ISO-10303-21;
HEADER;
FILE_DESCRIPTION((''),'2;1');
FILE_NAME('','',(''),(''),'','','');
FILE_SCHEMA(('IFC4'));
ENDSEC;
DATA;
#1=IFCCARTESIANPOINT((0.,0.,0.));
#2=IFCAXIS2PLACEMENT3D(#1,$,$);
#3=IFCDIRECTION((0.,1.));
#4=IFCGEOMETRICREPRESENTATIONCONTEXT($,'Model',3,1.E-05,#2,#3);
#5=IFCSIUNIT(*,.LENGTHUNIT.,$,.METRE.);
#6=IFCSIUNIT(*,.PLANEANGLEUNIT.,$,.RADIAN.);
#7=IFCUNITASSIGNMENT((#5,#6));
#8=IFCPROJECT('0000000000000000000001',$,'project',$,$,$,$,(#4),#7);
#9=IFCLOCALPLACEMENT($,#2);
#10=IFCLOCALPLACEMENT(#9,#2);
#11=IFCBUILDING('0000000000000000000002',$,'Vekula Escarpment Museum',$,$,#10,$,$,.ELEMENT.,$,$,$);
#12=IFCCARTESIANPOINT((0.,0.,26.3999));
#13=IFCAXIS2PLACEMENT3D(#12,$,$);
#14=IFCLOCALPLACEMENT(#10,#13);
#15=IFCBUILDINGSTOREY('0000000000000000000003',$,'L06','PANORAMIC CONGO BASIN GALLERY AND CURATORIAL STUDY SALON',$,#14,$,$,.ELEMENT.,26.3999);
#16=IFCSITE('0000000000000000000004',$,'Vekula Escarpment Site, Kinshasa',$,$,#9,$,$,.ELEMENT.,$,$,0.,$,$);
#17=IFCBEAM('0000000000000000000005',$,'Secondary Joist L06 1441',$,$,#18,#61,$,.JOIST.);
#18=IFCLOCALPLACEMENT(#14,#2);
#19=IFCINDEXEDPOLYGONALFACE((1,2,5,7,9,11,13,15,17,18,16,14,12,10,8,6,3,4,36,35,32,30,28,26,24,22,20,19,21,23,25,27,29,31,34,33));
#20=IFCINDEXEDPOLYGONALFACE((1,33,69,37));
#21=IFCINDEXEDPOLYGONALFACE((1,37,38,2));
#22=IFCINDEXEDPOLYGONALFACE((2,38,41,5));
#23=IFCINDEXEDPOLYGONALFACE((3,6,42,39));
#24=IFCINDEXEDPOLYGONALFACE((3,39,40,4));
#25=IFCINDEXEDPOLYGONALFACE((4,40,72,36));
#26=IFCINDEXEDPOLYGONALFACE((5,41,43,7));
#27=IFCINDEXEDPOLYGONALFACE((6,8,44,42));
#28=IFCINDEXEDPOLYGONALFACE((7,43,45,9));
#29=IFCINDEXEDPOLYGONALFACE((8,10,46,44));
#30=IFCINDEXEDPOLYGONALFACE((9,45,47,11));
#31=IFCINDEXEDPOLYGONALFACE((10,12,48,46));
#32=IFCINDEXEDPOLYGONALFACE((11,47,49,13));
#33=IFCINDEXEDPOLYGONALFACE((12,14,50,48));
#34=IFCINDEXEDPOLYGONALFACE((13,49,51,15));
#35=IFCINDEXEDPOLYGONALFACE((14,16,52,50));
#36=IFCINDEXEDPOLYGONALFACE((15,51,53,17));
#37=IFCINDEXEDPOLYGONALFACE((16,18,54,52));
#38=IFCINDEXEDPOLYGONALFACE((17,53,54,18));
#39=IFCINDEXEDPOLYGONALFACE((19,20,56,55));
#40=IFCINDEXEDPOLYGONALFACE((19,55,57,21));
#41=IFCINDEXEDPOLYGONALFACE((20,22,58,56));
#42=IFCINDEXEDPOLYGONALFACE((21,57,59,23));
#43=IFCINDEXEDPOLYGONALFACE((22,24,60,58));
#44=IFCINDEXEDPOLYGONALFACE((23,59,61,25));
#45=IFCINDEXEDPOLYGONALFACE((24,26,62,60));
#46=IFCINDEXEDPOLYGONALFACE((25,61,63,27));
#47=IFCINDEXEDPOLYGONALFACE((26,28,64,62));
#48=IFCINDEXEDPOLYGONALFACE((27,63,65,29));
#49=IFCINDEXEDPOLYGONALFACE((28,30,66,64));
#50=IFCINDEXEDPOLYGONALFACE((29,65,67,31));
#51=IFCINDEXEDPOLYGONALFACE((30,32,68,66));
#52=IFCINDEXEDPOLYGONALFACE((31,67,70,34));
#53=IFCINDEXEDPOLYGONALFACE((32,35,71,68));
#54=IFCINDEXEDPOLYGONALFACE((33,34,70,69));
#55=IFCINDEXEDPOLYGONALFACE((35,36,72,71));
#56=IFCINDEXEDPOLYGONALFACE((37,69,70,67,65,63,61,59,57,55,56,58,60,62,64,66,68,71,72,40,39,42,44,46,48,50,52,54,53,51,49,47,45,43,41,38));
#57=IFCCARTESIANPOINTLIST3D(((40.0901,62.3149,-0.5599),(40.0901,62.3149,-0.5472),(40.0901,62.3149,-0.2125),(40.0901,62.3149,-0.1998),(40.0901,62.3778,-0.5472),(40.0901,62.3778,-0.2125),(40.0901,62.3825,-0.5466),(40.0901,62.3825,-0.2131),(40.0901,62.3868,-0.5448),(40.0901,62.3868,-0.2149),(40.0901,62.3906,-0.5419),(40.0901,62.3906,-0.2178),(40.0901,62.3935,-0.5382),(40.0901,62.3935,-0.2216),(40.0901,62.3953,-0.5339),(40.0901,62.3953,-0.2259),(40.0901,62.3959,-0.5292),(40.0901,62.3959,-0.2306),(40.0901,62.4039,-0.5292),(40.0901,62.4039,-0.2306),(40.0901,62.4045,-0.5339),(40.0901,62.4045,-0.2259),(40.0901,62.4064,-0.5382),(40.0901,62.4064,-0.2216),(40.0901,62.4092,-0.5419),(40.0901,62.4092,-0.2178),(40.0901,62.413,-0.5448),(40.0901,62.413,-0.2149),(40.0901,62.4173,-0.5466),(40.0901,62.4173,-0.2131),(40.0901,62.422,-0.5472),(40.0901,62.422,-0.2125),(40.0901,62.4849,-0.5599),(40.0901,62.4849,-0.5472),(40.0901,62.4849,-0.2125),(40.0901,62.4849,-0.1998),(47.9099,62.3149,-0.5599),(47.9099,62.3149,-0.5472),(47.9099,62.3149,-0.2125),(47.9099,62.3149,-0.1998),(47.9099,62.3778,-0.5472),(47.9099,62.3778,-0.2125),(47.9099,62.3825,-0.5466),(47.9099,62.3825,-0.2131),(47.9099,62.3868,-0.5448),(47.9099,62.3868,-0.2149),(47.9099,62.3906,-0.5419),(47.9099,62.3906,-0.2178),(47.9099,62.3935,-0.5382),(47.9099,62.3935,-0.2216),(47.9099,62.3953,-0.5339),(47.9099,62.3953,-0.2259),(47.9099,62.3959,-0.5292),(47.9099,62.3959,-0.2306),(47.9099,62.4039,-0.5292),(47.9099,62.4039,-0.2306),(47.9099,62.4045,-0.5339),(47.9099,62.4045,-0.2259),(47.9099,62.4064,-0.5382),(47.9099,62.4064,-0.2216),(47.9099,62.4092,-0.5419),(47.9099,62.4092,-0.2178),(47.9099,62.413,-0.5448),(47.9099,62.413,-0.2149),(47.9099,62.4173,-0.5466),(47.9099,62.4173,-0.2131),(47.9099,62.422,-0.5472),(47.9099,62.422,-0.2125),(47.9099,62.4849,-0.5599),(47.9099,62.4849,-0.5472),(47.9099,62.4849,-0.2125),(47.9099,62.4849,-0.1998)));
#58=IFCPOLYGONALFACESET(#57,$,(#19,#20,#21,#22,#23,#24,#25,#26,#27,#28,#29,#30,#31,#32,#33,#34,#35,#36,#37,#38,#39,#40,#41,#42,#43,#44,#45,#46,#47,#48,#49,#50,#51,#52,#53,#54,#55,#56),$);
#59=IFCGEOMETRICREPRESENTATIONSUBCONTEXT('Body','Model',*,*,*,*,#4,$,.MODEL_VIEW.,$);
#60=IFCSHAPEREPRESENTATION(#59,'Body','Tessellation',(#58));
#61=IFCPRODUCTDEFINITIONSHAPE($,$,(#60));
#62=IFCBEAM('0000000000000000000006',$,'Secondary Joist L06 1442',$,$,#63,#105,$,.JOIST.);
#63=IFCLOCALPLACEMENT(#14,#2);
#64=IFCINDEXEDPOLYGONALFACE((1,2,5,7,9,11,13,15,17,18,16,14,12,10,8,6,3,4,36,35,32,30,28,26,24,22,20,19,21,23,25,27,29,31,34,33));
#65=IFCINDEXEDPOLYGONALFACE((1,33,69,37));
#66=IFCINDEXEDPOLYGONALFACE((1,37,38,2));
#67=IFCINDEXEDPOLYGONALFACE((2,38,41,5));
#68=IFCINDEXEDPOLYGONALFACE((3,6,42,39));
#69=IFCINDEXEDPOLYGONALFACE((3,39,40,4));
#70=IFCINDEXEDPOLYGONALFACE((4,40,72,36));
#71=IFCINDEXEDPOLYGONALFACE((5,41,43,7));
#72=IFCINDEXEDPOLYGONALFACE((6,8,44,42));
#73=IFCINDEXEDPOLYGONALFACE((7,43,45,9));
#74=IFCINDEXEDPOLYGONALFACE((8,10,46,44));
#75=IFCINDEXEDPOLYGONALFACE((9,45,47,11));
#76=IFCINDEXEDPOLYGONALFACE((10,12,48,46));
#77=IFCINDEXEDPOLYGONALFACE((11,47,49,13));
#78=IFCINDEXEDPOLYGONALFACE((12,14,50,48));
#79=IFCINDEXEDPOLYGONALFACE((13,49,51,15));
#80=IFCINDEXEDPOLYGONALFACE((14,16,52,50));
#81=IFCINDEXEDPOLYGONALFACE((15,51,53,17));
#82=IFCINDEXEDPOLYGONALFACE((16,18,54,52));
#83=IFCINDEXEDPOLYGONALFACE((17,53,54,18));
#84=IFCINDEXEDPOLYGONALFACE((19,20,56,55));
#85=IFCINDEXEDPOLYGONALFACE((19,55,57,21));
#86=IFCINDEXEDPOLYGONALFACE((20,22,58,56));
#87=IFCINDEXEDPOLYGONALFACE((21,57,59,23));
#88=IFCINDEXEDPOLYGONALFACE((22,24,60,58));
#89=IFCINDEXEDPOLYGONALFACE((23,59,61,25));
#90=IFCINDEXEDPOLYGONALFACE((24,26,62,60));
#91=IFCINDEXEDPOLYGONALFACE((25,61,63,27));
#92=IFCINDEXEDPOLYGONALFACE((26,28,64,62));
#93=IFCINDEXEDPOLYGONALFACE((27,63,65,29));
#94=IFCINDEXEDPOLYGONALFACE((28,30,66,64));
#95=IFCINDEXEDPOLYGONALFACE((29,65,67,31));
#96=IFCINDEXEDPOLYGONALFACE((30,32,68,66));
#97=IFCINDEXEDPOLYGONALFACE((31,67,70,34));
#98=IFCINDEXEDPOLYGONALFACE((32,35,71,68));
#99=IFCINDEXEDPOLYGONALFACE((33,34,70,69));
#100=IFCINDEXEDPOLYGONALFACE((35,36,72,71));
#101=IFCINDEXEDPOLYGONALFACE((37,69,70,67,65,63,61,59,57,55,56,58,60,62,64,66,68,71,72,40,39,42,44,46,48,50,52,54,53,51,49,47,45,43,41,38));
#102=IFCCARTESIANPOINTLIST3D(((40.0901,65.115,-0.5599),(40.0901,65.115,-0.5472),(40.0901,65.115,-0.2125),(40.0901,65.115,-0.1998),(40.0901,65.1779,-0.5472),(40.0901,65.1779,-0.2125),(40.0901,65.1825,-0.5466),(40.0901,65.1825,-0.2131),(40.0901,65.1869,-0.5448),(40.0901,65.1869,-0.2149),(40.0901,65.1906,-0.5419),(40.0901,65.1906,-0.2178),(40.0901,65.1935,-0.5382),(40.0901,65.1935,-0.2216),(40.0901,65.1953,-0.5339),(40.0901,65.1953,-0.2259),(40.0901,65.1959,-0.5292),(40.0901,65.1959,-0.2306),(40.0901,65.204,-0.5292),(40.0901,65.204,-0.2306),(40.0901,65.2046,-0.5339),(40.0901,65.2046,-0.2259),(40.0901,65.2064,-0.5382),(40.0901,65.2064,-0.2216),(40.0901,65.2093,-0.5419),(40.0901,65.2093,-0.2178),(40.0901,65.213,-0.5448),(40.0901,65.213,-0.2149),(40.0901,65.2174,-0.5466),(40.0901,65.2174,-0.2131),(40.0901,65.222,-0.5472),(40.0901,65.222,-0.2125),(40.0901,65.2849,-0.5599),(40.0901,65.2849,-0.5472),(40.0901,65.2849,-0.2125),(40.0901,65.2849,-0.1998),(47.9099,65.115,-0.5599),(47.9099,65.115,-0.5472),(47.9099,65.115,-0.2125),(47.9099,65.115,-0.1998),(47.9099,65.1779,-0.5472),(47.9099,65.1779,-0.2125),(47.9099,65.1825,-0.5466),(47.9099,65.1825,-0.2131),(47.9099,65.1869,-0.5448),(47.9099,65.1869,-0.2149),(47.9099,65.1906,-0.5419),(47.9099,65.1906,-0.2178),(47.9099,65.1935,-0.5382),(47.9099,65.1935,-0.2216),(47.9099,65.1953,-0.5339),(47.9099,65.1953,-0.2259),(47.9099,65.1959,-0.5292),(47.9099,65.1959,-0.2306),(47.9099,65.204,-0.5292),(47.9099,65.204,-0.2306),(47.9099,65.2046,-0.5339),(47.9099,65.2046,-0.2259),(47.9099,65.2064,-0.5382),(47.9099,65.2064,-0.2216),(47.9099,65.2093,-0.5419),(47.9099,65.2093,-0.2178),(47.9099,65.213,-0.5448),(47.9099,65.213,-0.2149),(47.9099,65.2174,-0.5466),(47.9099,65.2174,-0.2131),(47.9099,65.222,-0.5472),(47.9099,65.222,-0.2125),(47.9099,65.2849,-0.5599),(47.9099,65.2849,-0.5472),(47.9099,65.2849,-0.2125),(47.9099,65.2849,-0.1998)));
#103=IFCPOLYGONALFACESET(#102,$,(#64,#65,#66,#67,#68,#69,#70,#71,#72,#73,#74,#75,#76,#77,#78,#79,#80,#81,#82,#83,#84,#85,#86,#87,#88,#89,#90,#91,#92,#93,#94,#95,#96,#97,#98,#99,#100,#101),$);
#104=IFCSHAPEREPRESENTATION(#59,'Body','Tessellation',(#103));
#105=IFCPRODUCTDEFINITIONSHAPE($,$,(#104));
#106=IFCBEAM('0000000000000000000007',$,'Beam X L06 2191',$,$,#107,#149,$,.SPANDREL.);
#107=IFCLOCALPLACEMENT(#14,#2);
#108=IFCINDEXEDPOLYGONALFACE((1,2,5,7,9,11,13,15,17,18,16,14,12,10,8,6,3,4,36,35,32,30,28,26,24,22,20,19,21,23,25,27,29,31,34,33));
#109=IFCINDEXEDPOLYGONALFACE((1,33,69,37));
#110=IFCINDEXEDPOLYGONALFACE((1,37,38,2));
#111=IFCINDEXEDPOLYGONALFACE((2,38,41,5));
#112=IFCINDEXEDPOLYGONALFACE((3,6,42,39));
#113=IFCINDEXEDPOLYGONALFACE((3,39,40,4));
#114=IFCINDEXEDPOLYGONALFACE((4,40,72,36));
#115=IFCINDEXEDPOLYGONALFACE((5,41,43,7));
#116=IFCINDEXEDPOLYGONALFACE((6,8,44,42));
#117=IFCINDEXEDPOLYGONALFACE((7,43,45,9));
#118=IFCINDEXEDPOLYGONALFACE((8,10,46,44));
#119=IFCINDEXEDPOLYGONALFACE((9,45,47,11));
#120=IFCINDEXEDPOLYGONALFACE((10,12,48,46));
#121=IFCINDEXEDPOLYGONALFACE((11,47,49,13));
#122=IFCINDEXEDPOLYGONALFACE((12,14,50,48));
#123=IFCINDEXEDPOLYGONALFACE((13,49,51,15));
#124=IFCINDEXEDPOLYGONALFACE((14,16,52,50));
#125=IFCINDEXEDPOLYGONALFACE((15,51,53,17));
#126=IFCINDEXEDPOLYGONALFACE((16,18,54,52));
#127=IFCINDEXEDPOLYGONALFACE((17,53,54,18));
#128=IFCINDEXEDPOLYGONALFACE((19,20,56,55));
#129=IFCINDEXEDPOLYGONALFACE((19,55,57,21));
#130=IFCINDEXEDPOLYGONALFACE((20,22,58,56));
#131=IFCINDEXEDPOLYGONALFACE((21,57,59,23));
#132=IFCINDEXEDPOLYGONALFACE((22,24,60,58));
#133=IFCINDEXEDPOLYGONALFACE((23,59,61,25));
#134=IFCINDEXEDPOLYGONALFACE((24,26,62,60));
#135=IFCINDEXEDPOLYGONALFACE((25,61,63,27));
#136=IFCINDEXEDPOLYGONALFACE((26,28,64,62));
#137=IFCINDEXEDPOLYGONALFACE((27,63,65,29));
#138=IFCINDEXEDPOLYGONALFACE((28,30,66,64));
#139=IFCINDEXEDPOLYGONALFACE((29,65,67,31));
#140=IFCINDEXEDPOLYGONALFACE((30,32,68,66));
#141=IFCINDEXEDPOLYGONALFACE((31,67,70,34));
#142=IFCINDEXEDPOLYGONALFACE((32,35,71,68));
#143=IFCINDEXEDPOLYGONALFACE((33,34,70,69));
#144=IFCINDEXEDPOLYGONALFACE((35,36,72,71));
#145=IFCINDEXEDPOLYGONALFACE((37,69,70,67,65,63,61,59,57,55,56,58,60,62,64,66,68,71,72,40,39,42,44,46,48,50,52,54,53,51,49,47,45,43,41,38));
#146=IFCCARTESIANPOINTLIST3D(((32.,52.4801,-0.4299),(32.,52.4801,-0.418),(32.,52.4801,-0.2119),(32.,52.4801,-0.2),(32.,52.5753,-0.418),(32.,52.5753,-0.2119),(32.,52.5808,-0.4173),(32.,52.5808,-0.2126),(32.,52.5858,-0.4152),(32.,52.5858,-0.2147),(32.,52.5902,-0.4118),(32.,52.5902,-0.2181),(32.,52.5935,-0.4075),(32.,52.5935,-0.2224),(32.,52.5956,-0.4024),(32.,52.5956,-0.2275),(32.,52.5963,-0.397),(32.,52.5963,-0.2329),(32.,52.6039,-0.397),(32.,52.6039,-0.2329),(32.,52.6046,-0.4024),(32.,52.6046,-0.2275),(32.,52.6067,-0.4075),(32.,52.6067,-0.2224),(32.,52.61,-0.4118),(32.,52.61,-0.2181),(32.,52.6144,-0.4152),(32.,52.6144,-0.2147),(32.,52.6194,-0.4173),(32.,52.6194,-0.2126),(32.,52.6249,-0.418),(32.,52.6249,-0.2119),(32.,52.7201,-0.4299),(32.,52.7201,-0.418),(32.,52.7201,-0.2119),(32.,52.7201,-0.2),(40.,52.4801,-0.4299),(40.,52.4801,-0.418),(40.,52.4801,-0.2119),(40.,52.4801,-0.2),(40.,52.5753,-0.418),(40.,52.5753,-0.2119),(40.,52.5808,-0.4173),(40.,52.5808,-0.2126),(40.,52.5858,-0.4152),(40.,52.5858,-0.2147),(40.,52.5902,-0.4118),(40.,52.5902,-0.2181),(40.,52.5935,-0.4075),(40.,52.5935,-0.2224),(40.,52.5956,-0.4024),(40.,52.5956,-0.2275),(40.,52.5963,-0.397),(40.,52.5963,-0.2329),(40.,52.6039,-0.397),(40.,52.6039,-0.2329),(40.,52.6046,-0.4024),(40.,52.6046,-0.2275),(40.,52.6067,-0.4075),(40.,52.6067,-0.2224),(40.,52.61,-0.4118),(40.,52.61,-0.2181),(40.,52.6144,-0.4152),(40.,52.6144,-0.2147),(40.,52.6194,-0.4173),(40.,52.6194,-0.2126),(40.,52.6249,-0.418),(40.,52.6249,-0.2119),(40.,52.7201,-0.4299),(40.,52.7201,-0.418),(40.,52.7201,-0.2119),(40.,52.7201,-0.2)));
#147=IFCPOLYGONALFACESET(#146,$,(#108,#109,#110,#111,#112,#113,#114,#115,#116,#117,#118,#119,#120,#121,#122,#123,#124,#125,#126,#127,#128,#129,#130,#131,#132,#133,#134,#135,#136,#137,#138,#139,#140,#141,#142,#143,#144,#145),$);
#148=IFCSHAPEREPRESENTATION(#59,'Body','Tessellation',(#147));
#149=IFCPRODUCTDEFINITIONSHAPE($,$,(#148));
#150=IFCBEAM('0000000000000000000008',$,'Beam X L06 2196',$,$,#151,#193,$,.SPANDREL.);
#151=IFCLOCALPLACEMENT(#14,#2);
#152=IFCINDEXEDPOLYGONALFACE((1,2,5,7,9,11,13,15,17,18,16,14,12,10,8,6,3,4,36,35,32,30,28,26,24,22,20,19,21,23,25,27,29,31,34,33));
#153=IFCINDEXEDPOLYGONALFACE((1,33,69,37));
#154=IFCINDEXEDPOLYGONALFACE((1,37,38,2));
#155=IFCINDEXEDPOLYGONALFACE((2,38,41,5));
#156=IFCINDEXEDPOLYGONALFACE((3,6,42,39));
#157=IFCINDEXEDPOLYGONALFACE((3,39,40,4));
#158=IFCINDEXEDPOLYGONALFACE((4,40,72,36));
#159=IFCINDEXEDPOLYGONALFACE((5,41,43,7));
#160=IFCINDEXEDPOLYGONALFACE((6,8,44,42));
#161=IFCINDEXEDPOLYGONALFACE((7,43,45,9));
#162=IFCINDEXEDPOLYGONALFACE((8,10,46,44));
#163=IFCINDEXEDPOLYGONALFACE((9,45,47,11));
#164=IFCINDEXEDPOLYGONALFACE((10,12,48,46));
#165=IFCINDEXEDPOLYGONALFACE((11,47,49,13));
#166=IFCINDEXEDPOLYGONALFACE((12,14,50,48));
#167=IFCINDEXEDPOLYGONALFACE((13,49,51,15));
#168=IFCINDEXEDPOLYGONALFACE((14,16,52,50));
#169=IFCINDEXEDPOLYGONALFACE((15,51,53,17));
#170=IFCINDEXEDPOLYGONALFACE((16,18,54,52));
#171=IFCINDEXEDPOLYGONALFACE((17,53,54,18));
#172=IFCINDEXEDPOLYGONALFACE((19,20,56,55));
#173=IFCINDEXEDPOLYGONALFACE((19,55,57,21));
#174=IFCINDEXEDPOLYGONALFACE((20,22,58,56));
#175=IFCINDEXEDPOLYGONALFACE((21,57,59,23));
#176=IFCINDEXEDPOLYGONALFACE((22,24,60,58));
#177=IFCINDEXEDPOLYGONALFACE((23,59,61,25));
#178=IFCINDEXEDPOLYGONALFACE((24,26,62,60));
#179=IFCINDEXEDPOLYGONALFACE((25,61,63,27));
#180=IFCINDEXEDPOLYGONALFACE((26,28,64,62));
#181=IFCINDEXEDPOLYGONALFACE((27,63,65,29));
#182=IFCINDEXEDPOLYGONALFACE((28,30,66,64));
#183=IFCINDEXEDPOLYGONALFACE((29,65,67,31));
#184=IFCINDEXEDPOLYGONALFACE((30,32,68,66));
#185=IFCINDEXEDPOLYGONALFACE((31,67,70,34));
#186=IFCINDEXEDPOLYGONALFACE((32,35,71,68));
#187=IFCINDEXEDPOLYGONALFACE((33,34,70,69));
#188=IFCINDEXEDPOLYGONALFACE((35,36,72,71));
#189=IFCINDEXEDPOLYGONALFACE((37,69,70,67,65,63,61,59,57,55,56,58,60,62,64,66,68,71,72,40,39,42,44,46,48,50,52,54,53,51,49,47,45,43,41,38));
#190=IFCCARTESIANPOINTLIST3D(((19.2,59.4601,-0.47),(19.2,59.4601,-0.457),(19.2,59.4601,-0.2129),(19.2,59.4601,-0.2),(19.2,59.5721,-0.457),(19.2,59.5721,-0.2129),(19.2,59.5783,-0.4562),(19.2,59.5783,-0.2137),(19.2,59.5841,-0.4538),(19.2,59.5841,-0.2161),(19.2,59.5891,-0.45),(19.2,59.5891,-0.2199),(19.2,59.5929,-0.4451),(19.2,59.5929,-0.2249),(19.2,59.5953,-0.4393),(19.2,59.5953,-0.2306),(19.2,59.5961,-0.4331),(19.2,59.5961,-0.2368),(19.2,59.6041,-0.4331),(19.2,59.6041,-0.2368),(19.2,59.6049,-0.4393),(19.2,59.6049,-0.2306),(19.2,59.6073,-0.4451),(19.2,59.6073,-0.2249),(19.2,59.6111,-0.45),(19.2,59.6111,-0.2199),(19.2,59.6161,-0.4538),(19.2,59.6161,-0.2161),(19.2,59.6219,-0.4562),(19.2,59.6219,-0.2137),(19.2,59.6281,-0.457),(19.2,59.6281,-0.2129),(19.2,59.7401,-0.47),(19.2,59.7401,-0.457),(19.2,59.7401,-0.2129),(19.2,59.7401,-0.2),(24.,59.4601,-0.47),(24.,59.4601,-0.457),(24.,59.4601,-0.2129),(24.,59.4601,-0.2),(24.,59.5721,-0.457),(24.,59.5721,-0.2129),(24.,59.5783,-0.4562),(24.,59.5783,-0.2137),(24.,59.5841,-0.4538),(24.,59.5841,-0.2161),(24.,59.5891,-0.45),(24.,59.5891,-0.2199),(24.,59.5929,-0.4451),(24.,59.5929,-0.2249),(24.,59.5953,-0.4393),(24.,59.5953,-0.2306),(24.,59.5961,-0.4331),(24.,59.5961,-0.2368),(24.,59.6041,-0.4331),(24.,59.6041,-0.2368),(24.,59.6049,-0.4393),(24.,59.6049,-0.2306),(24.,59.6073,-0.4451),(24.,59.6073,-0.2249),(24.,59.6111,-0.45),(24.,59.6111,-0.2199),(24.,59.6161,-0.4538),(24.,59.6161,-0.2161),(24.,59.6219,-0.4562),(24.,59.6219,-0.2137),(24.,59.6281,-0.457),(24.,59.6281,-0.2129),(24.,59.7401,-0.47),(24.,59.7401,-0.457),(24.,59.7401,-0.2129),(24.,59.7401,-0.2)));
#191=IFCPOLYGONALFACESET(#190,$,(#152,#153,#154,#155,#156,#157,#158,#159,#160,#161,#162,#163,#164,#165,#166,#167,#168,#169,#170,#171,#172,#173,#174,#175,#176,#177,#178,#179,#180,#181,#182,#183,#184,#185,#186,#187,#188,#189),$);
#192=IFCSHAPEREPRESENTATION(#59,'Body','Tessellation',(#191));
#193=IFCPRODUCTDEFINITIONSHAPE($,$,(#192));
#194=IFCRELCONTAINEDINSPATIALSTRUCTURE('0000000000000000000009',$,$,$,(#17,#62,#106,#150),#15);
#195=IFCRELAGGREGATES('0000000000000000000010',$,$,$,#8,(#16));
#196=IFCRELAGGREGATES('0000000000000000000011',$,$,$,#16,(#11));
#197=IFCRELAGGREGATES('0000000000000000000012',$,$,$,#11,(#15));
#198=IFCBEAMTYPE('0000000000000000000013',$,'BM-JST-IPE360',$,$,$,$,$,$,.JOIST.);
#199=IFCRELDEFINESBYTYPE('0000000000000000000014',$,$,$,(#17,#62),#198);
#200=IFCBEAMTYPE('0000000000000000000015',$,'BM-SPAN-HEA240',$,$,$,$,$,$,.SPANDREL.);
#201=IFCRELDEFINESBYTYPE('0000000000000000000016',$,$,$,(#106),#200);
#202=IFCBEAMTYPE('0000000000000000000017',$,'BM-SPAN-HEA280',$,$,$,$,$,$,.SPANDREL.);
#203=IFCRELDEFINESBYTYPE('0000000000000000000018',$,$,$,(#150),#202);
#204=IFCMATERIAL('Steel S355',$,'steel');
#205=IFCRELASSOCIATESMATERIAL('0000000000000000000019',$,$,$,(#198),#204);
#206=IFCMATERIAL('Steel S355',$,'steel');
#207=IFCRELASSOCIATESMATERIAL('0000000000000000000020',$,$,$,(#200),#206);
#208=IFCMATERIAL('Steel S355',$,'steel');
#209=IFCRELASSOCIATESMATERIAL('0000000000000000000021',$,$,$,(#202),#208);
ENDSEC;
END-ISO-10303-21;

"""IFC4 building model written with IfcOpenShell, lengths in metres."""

from ifc_helpers import new_model, si_unit, direction, frame, origin, origin_2d, place, context, subcontext, project, spatial, i_section, extrude, material, material_profile, profile_set, type_object, element, save


model = new_model("IFC4")

# Units and contexts
model_context = context("Model", 3, precision=1e-05, world=origin(), true_north=direction((0.0, 1.0)))
body_context = subcontext(model_context, "Body", "Model", "MODEL_VIEW")
ifc_project = project(units=[si_unit("LENGTHUNIT", "METRE"), si_unit("PLANEANGLEUNIT", "RADIAN")], contexts=[model_context])

# Site, building, storey
site_placement = place(None, origin())
site = spatial("IfcSite", under=ifc_project, at=site_placement, Name="Vekula Escarpment Site, Kinshasa", CompositionType="ELEMENT", RefElevation=0.0)
building_placement = place(site_placement, origin())
building = spatial("IfcBuilding", under=site, at=building_placement, Name="Vekula Escarpment Museum", CompositionType="ELEMENT")
storey_placement = place(building_placement, frame((0.0, 0.0, 26.3999)))
storey = spatial("IfcBuildingStorey", under=building, at=storey_placement, Name="L06", Description="PANORAMIC CONGO BASIN GALLERY AND CURATORIAL STUDY SALON", CompositionType="ELEMENT", Elevation=26.3999)

# Beams
ifc_material_1 = material(Name="Steel S355", Category="steel")
ifc_material_profile_1 = material_profile(ifc_material_1, i_section(OverallWidth=0.1699, OverallDepth=0.3601, WebThickness=0.0081, FlangeThickness=0.0127, FilletRadius=0.0181, at=origin_2d()), Name="IPE 360")
ifc_profile_set_1 = profile_set([ifc_material_profile_1], Name="Steel S355")
beam_type_1 = type_object("IfcBeamType", Name="BM-JST-IPE360", PredefinedType="JOIST", material=ifc_profile_set_1)
for number, where, z_axis, x_axis, name in (
    (1, (40.0901, 62.3999, -0.3799), (1.0, 0.0, 0.0), (0.0, 1.0, 0.0), "Secondary Joist L06 1441"),
    (2, (40.0901, 65.2, -0.3799), (1.0, 0.0, 0.0), (0.0, 1.0, 0.0), "Secondary Joist L06 1442"),
):
    element("IfcBeam", number, at=place(storey_placement, frame(where, z_axis=z_axis, x_axis=x_axis)), inside=storey, type_object=beam_type_1, Name=name, PredefinedType="JOIST", context=body_context, shape_type="SweptSolid", body=[
        extrude(i_section(OverallWidth=0.1699, OverallDepth=0.3601, WebThickness=0.0081, FlangeThickness=0.0127, FilletRadius=0.0181, at=origin_2d()), origin(), (0.0, 0.0, 1.0), 7.8198),
    ])
ifc_material_2 = material(Name="Steel S355", Category="steel")
ifc_material_profile_2 = material_profile(ifc_material_2, i_section(OverallWidth=0.24, OverallDepth=0.23, WebThickness=0.0076, FlangeThickness=0.012, FilletRadius=0.021, at=origin_2d()), Name="HEA 240")
ifc_profile_set_2 = profile_set([ifc_material_profile_2], Name="Steel S355")
beam_type_2 = type_object("IfcBeamType", Name="BM-SPAN-HEA240", PredefinedType="SPANDREL", material=ifc_profile_set_2)
beam_1_placement = place(storey_placement, frame((32.0, 52.6001, -0.3149), z_axis=(1.0, 0.0, 0.0), x_axis=(0.0, 1.0, 0.0)))
element("IfcBeam", 3, at=beam_1_placement, inside=storey, type_object=beam_type_2, Name="Beam X L06 2191", PredefinedType="SPANDREL", context=body_context, shape_type="SweptSolid", body=[
    extrude(i_section(OverallWidth=0.24, OverallDepth=0.23, WebThickness=0.0076, FlangeThickness=0.012, FilletRadius=0.021, at=origin_2d()), origin(), (0.0, 0.0, 1.0), 8.0),
])
ifc_material_3 = material(Name="Steel S355", Category="steel")
ifc_material_profile_3 = material_profile(ifc_material_3, i_section(OverallWidth=0.28, OverallDepth=0.27, WebThickness=0.0081, FlangeThickness=0.0129, FilletRadius=0.0239, at=origin_2d()), Name="HEA 280")
ifc_profile_set_3 = profile_set([ifc_material_profile_3], Name="Steel S355")
beam_type_3 = type_object("IfcBeamType", Name="BM-SPAN-HEA280", PredefinedType="SPANDREL", material=ifc_profile_set_3)
beam_2_placement = place(storey_placement, frame((19.2, 59.6001, -0.335), z_axis=(1.0, 0.0, 0.0), x_axis=(0.0, 1.0, 0.0)))
element("IfcBeam", 4, at=beam_2_placement, inside=storey, type_object=beam_type_3, Name="Beam X L06 2196", PredefinedType="SPANDREL", context=body_context, shape_type="SweptSolid", body=[
    extrude(i_section(OverallWidth=0.28, OverallDepth=0.27, WebThickness=0.0081, FlangeThickness=0.0129, FilletRadius=0.0239, at=origin_2d()), origin(), (0.0, 0.0, 1.0), 4.8),
])

save(model, "model.ifc")
